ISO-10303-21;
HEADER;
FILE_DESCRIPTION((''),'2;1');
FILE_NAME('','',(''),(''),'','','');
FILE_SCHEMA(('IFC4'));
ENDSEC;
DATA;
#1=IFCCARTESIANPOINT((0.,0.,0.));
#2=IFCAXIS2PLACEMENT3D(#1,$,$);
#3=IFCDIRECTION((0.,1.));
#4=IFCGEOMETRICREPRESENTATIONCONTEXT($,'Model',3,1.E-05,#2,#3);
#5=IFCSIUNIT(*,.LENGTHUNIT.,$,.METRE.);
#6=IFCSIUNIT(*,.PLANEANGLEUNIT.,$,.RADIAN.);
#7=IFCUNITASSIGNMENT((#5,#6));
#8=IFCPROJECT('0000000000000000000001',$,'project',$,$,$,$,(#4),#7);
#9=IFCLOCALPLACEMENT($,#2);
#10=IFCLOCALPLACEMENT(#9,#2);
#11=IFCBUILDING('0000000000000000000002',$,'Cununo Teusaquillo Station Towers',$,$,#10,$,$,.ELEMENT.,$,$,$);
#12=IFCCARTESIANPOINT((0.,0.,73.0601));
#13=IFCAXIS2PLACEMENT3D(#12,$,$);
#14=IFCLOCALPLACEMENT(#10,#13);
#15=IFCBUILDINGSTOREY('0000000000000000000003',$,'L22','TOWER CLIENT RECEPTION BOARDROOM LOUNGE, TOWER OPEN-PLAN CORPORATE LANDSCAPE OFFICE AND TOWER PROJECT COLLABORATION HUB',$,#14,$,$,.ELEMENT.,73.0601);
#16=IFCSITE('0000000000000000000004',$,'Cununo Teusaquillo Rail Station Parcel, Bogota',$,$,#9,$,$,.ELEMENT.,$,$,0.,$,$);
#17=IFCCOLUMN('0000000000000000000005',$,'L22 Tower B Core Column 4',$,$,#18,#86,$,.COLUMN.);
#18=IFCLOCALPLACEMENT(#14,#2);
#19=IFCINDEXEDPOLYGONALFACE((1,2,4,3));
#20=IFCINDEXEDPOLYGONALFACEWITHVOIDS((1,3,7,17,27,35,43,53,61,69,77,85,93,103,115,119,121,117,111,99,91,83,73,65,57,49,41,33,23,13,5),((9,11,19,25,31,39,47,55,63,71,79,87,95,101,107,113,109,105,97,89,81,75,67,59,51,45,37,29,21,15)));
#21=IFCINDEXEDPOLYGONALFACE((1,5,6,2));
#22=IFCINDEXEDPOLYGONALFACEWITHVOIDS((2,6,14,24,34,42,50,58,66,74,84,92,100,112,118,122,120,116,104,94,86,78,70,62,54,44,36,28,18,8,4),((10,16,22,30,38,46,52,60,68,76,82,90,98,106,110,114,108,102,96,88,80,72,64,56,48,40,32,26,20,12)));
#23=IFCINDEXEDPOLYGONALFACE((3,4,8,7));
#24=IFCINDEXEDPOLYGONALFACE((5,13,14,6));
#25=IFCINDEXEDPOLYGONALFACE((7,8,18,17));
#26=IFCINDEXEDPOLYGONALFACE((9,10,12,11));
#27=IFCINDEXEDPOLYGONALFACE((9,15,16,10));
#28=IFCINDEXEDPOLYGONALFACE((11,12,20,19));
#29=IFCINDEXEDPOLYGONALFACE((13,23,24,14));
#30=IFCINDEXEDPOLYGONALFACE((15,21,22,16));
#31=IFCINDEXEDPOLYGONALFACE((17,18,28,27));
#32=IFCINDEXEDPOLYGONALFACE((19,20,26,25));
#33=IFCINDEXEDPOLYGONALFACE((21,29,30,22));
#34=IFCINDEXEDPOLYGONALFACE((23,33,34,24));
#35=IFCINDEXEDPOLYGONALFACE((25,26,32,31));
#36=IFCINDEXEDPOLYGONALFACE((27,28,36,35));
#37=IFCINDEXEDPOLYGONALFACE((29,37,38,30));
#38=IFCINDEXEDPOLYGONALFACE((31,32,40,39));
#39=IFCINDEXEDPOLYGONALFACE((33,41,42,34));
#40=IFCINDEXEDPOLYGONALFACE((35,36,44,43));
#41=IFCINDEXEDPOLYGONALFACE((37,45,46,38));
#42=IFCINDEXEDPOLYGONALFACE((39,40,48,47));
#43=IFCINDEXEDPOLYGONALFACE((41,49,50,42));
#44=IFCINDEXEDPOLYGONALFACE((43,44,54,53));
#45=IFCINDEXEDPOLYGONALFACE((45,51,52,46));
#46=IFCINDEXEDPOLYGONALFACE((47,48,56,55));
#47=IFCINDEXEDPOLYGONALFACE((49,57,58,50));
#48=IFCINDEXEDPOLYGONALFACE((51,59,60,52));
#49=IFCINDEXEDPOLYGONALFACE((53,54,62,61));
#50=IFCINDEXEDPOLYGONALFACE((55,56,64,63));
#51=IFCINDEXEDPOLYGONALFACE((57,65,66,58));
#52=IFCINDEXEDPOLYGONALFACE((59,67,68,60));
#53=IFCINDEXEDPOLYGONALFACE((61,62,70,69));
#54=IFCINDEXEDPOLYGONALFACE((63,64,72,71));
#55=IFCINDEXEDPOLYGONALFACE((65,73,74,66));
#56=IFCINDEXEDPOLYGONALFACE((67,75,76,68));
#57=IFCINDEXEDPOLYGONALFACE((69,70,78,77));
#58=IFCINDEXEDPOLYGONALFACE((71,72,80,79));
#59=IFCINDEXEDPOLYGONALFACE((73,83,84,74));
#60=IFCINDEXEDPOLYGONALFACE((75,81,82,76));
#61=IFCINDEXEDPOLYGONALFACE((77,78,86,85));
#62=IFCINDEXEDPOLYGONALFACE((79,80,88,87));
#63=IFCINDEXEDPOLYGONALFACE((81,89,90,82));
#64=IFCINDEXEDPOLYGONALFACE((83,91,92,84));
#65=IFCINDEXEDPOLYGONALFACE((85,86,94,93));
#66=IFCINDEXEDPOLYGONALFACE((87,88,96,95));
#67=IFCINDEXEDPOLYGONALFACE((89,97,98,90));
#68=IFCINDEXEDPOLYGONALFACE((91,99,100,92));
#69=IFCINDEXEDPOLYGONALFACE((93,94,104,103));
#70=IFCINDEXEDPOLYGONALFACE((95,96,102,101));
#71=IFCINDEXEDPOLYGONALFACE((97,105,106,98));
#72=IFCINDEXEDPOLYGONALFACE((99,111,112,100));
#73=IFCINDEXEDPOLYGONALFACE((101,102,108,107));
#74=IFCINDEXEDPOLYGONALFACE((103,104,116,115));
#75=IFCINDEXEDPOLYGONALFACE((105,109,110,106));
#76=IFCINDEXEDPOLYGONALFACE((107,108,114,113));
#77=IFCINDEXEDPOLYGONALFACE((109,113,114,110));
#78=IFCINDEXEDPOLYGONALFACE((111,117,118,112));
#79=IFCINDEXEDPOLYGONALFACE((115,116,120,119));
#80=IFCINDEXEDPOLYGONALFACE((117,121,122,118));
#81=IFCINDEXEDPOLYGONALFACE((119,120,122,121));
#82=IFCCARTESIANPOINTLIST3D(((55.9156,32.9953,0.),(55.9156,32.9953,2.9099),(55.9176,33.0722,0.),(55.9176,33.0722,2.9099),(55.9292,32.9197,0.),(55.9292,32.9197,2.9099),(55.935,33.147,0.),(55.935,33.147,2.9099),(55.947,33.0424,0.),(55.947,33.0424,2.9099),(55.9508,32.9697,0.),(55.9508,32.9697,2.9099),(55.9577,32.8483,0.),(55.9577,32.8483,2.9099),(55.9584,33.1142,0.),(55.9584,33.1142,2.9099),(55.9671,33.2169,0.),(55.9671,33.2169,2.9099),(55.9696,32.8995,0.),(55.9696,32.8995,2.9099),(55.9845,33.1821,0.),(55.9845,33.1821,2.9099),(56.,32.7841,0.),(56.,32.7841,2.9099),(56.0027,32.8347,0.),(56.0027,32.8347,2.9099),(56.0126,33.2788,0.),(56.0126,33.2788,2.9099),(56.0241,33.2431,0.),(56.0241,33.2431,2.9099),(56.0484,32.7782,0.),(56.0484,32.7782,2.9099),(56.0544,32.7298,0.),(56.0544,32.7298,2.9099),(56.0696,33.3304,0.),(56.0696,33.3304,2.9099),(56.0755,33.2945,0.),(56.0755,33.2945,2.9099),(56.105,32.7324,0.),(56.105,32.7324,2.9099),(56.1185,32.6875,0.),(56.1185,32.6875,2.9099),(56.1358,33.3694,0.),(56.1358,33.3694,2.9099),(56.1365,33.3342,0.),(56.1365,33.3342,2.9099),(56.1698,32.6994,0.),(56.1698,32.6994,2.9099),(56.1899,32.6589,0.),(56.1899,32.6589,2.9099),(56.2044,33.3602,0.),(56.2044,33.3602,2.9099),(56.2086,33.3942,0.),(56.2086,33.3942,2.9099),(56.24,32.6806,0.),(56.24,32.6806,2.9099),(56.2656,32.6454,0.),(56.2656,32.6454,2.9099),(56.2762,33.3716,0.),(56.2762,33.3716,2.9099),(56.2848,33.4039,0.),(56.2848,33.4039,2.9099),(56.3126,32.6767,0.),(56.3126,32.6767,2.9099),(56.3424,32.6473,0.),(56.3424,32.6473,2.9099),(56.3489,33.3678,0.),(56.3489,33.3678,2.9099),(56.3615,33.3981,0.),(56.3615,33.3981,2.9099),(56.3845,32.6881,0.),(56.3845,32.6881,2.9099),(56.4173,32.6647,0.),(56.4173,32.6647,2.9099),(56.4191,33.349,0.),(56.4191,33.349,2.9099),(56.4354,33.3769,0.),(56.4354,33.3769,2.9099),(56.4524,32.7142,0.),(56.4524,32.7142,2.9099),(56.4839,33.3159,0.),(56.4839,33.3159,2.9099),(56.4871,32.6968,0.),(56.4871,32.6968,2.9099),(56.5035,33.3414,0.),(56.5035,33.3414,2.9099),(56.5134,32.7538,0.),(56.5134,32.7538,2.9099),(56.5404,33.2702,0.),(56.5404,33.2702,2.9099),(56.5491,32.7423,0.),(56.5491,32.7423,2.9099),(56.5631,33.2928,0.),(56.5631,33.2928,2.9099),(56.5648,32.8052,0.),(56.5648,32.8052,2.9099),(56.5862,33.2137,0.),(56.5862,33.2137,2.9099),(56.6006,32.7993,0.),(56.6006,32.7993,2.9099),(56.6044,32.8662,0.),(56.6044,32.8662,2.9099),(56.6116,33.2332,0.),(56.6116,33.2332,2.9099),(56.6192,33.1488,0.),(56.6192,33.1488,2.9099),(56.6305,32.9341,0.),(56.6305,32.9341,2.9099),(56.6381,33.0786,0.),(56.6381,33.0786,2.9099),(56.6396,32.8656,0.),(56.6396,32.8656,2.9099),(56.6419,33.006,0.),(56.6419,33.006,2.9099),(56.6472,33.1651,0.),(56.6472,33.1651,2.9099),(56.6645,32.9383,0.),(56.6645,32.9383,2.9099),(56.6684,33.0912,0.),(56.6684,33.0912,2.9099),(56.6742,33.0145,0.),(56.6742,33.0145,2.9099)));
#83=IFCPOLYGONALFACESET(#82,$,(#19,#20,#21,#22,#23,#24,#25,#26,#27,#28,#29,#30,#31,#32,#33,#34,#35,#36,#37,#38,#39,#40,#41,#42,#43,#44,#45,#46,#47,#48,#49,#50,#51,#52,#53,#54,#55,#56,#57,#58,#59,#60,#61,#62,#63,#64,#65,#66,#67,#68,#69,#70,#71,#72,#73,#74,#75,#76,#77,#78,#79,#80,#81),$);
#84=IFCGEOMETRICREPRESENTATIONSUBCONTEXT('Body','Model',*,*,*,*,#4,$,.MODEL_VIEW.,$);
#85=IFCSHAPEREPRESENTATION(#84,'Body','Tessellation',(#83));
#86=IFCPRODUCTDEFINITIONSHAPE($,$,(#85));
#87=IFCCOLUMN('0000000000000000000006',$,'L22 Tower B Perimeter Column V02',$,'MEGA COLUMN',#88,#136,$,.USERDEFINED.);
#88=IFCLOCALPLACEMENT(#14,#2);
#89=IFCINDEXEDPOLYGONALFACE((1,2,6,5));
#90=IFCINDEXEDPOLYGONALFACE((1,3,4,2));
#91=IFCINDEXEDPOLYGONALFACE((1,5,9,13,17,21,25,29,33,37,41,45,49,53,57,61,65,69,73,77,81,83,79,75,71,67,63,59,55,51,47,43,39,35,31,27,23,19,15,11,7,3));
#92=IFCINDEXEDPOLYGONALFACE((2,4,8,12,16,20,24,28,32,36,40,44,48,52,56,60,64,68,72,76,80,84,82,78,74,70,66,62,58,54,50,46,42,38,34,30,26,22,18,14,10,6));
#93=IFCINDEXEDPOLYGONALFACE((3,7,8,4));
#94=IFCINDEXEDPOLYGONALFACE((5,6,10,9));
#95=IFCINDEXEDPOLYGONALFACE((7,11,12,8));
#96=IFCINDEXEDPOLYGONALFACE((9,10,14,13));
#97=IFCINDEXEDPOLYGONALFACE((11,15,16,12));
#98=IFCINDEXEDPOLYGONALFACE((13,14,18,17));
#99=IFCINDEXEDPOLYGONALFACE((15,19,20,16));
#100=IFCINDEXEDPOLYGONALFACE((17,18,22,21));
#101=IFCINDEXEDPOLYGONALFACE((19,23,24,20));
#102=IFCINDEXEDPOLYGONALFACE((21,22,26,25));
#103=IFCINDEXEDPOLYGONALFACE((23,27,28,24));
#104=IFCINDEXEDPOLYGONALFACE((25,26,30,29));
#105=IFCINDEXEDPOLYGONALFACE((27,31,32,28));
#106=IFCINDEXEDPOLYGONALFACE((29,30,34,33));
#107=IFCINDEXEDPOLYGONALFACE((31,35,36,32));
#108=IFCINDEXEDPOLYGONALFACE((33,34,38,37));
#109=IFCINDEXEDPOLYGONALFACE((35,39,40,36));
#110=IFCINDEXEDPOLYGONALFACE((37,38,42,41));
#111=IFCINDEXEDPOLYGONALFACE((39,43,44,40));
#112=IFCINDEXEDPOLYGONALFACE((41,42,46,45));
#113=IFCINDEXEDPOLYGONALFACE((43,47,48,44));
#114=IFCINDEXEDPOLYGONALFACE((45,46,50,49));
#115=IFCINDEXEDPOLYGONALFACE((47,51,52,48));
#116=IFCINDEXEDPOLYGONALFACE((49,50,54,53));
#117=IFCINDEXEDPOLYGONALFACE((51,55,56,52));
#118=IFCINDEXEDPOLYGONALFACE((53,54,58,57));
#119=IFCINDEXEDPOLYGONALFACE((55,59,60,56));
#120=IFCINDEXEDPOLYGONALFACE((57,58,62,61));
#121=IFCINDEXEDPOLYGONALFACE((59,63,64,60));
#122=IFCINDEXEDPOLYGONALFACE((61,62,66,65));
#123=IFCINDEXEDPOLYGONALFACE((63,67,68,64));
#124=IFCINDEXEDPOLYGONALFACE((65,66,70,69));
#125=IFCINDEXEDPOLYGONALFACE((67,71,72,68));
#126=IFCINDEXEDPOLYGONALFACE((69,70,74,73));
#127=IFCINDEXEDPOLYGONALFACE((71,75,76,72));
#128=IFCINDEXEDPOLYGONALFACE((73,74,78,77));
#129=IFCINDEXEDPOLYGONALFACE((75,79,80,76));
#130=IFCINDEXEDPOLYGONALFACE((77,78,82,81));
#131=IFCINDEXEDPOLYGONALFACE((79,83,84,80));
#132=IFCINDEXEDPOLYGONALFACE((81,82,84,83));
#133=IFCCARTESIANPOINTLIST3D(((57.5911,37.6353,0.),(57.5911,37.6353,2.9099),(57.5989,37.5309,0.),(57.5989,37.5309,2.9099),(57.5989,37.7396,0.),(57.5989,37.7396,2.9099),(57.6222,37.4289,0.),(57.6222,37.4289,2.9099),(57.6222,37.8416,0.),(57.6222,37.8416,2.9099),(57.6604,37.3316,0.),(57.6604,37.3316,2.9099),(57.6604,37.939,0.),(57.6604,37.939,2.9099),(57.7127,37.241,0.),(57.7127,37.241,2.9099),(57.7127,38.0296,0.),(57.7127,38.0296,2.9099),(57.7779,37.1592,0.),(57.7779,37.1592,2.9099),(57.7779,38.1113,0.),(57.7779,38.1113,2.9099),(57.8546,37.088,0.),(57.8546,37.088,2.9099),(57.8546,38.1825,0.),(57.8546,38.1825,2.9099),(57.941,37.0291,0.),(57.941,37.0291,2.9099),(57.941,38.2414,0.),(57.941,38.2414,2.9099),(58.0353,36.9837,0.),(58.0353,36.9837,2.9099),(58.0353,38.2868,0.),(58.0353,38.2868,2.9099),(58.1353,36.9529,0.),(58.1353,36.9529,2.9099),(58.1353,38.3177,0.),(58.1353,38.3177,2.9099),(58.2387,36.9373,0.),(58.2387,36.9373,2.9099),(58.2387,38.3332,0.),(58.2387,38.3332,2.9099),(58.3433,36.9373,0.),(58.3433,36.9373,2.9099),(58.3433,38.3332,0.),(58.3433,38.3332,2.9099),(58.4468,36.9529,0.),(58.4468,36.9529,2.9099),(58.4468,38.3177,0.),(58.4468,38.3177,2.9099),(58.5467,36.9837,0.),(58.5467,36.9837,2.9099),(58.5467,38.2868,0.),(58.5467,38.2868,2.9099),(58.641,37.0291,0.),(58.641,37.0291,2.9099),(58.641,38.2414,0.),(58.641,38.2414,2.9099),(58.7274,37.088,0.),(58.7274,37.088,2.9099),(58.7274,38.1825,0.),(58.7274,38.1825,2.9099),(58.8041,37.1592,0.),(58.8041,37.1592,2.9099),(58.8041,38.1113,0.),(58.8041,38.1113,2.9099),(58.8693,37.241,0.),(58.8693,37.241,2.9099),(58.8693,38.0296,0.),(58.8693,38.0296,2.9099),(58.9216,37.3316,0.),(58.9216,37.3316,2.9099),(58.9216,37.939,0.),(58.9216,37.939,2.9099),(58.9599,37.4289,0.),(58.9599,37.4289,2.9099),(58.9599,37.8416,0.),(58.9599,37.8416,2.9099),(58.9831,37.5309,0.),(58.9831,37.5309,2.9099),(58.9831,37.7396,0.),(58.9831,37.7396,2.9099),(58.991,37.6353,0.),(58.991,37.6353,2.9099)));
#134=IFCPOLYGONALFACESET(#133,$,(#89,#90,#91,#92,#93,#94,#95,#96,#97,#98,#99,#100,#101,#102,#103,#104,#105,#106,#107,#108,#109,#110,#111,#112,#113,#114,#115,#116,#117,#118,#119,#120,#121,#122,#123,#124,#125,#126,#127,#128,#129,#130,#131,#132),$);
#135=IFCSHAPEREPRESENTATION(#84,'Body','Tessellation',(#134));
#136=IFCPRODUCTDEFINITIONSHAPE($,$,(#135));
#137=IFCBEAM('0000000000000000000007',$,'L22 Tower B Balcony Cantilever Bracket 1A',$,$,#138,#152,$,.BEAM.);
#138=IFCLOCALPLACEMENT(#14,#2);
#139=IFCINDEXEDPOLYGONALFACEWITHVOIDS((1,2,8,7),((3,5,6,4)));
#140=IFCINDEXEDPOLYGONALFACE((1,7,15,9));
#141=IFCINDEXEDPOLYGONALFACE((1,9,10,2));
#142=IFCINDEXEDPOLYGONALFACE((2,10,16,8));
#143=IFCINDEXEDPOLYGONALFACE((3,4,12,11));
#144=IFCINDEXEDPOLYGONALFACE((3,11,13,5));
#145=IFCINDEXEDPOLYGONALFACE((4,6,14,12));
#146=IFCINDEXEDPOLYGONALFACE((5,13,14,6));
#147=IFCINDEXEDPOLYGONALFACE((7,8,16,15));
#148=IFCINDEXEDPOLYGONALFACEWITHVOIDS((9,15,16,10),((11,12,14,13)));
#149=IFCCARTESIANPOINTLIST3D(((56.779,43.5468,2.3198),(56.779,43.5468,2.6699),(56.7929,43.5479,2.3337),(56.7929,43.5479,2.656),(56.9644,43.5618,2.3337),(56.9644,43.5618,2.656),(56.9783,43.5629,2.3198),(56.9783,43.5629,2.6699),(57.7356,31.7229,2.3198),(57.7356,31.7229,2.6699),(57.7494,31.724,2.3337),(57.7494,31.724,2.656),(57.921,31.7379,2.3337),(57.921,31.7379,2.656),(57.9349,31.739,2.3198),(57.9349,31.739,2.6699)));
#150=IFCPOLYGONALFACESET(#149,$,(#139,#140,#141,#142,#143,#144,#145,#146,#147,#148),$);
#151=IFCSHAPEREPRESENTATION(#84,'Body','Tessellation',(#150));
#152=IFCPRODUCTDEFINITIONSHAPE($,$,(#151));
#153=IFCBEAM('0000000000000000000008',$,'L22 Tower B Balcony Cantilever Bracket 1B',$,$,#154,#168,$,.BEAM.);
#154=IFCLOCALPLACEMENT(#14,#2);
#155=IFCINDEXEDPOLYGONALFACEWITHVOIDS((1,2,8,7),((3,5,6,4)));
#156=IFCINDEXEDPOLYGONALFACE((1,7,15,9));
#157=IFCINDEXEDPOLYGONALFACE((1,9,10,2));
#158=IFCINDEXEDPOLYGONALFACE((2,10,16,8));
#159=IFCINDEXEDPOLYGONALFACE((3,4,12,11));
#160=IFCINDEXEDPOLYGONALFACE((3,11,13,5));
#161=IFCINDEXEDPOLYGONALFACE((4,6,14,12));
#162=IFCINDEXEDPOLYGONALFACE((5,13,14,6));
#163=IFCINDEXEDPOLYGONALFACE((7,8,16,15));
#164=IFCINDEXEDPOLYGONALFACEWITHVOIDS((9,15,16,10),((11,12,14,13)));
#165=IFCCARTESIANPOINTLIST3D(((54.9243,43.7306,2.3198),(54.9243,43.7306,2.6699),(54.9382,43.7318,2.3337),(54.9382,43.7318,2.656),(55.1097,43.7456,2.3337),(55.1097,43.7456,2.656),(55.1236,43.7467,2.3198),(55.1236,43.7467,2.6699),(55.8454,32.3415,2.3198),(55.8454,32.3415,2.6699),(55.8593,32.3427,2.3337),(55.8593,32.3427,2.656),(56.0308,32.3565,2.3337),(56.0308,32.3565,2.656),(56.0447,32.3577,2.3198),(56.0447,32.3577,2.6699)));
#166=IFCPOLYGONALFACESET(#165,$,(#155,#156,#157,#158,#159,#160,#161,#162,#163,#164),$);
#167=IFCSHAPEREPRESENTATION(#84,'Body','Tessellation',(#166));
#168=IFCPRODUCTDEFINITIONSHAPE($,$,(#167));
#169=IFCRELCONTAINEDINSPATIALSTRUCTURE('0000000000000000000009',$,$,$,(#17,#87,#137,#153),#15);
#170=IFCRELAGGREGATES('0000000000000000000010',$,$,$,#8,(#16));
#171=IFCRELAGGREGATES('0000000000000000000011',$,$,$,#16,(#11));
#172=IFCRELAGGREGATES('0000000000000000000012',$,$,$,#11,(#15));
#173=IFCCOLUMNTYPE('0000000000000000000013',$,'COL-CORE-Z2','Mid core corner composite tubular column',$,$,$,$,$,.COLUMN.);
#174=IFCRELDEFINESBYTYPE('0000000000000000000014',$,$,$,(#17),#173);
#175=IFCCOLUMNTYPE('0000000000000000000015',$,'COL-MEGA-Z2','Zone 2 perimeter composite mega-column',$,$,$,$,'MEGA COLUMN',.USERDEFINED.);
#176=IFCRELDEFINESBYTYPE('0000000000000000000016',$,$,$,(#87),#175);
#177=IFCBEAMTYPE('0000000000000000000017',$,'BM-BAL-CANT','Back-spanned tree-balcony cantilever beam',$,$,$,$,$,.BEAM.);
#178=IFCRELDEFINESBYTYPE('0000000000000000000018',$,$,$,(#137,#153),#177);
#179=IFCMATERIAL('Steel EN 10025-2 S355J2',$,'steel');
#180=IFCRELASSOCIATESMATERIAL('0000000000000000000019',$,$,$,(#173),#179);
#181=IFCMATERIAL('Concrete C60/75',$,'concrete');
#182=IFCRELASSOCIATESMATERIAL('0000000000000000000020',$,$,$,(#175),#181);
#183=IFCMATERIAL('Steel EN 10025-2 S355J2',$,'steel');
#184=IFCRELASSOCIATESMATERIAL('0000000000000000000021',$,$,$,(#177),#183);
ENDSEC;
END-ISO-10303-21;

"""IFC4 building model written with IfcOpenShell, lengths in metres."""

from ifc_helpers import new_model, si_unit, direction, frame, origin, origin_2d, place, context, subcontext, project, spatial, hollow_rectangle, circle, hollow_circle, extrude, material, material_profile, profile_set, type_object, element, save


model = new_model("IFC4")

# Units and contexts
model_context = context("Model", 3, precision=1e-05, world=origin(), true_north=direction((0.0, 1.0)))
body_context = subcontext(model_context, "Body", "Model", "MODEL_VIEW")
ifc_project = project(units=[si_unit("LENGTHUNIT", "METRE"), si_unit("PLANEANGLEUNIT", "RADIAN")], contexts=[model_context])

# Site, building, storey
site_placement = place(None, origin())
site = spatial("IfcSite", under=ifc_project, at=site_placement, Name="Cununo Teusaquillo Rail Station Parcel, Bogota", CompositionType="ELEMENT", RefElevation=0.0)
building_placement = place(site_placement, origin())
building = spatial("IfcBuilding", under=site, at=building_placement, Name="Cununo Teusaquillo Station Towers", CompositionType="ELEMENT")
storey_placement = place(building_placement, frame((0.0, 0.0, 73.0601)))
storey = spatial("IfcBuildingStorey", under=building, at=storey_placement, Name="L22", Description="TOWER CLIENT RECEPTION BOARDROOM LOUNGE, TOWER OPEN-PLAN CORPORATE LANDSCAPE OFFICE AND TOWER PROJECT COLLABORATION HUB", CompositionType="ELEMENT", Elevation=73.0601)

# Columns
ifc_material_1 = material(Name="Steel EN 10025-2 S355J2", Category="steel")
ifc_material_profile_1 = material_profile(ifc_material_1, hollow_circle(Radius=0.3799, WallThickness=0.032, at=origin_2d()), Name="CHS 760x32")
ifc_profile_set_1 = profile_set([ifc_material_profile_1], Name="Steel EN 10025-2 S355J2")
column_type_1 = type_object("IfcColumnType", Name="COL-CORE-Z2", Description="Mid core corner composite tubular column", PredefinedType="COLUMN", material=ifc_profile_set_1)
column_1_placement = place(storey_placement, frame((56.2944, 33.0242, 0.0), z_axis=(0.0, 0.0, 1.0), x_axis=(0.707107, 0.707107, 0.0)))
element("IfcColumn", 1, at=column_1_placement, inside=storey, type_object=column_type_1, Name="L22 Tower B Core Column 4", PredefinedType="COLUMN", context=body_context, shape_type="SweptSolid", body=[
    extrude(hollow_circle(Radius=0.3799, WallThickness=0.032, at=origin_2d()), origin(), (0.0, 0.0, 1.0), 2.9099),
])
ifc_material_2 = material(Name="Concrete C60/75", Category="concrete")
ifc_material_profile_2 = material_profile(ifc_material_2, circle(Radius=0.7, at=origin_2d()), Name="RC-CIRC-1400")
ifc_profile_set_2 = profile_set([ifc_material_profile_2], Name="Concrete C60/75")
column_type_2 = type_object("IfcColumnType", Name="COL-MEGA-Z2", Description="Zone 2 perimeter composite mega-column", ElementType="MEGA COLUMN", PredefinedType="USERDEFINED", material=ifc_profile_set_2)
column_2_placement = place(storey_placement, frame((58.291, 37.6353, 0.0), z_axis=(0.0, 0.0, 1.0), x_axis=(1.0, 0.0, 0.0)))
element("IfcColumn", 2, at=column_2_placement, inside=storey, type_object=column_type_2, Name="L22 Tower B Perimeter Column V02", ObjectType="MEGA COLUMN", PredefinedType="USERDEFINED", context=body_context, shape_type="SweptSolid", body=[
    extrude(circle(Radius=0.7, at=origin_2d()), origin(), (0.0, 0.0, 1.0), 2.9099),
])

# Beams
ifc_material_3 = material(Name="Steel EN 10025-2 S355J2", Category="steel")
ifc_material_profile_3 = material_profile(ifc_material_3, hollow_rectangle(XDim=0.2, YDim=0.3501, WallThickness=0.0139, at=origin_2d()), Name="RHS 350x200x14")
ifc_profile_set_3 = profile_set([ifc_material_profile_3], Name="Steel EN 10025-2 S355J2")
beam_type_1 = type_object("IfcBeamType", Name="BM-BAL-CANT", Description="Back-spanned tree-balcony cantilever beam", PredefinedType="BEAM", material=ifc_profile_set_3)
beam_1_placement = place(storey_placement, frame((57.8352, 31.731, 2.4949), z_axis=(-0.080635, 0.996744, 0.0), x_axis=(-0.996744, -0.080635, 0.0)))
element("IfcBeam", 3, at=beam_1_placement, inside=storey, type_object=beam_type_1, Name="L22 Tower B Balcony Cantilever Bracket 1A", PredefinedType="BEAM", context=body_context, shape_type="SweptSolid", body=[
    extrude(hollow_rectangle(XDim=0.2, YDim=0.3501, WallThickness=0.0139, at=origin_2d()), origin(), (0.0, 0.0, 1.0), 11.8625),
])
beam_2_placement = place(storey_placement, frame((55.9451, 32.3496, 2.4949), z_axis=(-0.080616, 0.996745, 0.0), x_axis=(-0.996745, -0.080616, 0.0)))
element("IfcBeam", 4, at=beam_2_placement, inside=storey, type_object=beam_type_1, Name="L22 Tower B Balcony Cantilever Bracket 1B", PredefinedType="BEAM", context=body_context, shape_type="SweptSolid", body=[
    extrude(hollow_rectangle(XDim=0.2, YDim=0.3501, WallThickness=0.0139, at=origin_2d()), origin(), (0.0, 0.0, 1.0), 11.4263),
])

save(model, "model.ifc")
